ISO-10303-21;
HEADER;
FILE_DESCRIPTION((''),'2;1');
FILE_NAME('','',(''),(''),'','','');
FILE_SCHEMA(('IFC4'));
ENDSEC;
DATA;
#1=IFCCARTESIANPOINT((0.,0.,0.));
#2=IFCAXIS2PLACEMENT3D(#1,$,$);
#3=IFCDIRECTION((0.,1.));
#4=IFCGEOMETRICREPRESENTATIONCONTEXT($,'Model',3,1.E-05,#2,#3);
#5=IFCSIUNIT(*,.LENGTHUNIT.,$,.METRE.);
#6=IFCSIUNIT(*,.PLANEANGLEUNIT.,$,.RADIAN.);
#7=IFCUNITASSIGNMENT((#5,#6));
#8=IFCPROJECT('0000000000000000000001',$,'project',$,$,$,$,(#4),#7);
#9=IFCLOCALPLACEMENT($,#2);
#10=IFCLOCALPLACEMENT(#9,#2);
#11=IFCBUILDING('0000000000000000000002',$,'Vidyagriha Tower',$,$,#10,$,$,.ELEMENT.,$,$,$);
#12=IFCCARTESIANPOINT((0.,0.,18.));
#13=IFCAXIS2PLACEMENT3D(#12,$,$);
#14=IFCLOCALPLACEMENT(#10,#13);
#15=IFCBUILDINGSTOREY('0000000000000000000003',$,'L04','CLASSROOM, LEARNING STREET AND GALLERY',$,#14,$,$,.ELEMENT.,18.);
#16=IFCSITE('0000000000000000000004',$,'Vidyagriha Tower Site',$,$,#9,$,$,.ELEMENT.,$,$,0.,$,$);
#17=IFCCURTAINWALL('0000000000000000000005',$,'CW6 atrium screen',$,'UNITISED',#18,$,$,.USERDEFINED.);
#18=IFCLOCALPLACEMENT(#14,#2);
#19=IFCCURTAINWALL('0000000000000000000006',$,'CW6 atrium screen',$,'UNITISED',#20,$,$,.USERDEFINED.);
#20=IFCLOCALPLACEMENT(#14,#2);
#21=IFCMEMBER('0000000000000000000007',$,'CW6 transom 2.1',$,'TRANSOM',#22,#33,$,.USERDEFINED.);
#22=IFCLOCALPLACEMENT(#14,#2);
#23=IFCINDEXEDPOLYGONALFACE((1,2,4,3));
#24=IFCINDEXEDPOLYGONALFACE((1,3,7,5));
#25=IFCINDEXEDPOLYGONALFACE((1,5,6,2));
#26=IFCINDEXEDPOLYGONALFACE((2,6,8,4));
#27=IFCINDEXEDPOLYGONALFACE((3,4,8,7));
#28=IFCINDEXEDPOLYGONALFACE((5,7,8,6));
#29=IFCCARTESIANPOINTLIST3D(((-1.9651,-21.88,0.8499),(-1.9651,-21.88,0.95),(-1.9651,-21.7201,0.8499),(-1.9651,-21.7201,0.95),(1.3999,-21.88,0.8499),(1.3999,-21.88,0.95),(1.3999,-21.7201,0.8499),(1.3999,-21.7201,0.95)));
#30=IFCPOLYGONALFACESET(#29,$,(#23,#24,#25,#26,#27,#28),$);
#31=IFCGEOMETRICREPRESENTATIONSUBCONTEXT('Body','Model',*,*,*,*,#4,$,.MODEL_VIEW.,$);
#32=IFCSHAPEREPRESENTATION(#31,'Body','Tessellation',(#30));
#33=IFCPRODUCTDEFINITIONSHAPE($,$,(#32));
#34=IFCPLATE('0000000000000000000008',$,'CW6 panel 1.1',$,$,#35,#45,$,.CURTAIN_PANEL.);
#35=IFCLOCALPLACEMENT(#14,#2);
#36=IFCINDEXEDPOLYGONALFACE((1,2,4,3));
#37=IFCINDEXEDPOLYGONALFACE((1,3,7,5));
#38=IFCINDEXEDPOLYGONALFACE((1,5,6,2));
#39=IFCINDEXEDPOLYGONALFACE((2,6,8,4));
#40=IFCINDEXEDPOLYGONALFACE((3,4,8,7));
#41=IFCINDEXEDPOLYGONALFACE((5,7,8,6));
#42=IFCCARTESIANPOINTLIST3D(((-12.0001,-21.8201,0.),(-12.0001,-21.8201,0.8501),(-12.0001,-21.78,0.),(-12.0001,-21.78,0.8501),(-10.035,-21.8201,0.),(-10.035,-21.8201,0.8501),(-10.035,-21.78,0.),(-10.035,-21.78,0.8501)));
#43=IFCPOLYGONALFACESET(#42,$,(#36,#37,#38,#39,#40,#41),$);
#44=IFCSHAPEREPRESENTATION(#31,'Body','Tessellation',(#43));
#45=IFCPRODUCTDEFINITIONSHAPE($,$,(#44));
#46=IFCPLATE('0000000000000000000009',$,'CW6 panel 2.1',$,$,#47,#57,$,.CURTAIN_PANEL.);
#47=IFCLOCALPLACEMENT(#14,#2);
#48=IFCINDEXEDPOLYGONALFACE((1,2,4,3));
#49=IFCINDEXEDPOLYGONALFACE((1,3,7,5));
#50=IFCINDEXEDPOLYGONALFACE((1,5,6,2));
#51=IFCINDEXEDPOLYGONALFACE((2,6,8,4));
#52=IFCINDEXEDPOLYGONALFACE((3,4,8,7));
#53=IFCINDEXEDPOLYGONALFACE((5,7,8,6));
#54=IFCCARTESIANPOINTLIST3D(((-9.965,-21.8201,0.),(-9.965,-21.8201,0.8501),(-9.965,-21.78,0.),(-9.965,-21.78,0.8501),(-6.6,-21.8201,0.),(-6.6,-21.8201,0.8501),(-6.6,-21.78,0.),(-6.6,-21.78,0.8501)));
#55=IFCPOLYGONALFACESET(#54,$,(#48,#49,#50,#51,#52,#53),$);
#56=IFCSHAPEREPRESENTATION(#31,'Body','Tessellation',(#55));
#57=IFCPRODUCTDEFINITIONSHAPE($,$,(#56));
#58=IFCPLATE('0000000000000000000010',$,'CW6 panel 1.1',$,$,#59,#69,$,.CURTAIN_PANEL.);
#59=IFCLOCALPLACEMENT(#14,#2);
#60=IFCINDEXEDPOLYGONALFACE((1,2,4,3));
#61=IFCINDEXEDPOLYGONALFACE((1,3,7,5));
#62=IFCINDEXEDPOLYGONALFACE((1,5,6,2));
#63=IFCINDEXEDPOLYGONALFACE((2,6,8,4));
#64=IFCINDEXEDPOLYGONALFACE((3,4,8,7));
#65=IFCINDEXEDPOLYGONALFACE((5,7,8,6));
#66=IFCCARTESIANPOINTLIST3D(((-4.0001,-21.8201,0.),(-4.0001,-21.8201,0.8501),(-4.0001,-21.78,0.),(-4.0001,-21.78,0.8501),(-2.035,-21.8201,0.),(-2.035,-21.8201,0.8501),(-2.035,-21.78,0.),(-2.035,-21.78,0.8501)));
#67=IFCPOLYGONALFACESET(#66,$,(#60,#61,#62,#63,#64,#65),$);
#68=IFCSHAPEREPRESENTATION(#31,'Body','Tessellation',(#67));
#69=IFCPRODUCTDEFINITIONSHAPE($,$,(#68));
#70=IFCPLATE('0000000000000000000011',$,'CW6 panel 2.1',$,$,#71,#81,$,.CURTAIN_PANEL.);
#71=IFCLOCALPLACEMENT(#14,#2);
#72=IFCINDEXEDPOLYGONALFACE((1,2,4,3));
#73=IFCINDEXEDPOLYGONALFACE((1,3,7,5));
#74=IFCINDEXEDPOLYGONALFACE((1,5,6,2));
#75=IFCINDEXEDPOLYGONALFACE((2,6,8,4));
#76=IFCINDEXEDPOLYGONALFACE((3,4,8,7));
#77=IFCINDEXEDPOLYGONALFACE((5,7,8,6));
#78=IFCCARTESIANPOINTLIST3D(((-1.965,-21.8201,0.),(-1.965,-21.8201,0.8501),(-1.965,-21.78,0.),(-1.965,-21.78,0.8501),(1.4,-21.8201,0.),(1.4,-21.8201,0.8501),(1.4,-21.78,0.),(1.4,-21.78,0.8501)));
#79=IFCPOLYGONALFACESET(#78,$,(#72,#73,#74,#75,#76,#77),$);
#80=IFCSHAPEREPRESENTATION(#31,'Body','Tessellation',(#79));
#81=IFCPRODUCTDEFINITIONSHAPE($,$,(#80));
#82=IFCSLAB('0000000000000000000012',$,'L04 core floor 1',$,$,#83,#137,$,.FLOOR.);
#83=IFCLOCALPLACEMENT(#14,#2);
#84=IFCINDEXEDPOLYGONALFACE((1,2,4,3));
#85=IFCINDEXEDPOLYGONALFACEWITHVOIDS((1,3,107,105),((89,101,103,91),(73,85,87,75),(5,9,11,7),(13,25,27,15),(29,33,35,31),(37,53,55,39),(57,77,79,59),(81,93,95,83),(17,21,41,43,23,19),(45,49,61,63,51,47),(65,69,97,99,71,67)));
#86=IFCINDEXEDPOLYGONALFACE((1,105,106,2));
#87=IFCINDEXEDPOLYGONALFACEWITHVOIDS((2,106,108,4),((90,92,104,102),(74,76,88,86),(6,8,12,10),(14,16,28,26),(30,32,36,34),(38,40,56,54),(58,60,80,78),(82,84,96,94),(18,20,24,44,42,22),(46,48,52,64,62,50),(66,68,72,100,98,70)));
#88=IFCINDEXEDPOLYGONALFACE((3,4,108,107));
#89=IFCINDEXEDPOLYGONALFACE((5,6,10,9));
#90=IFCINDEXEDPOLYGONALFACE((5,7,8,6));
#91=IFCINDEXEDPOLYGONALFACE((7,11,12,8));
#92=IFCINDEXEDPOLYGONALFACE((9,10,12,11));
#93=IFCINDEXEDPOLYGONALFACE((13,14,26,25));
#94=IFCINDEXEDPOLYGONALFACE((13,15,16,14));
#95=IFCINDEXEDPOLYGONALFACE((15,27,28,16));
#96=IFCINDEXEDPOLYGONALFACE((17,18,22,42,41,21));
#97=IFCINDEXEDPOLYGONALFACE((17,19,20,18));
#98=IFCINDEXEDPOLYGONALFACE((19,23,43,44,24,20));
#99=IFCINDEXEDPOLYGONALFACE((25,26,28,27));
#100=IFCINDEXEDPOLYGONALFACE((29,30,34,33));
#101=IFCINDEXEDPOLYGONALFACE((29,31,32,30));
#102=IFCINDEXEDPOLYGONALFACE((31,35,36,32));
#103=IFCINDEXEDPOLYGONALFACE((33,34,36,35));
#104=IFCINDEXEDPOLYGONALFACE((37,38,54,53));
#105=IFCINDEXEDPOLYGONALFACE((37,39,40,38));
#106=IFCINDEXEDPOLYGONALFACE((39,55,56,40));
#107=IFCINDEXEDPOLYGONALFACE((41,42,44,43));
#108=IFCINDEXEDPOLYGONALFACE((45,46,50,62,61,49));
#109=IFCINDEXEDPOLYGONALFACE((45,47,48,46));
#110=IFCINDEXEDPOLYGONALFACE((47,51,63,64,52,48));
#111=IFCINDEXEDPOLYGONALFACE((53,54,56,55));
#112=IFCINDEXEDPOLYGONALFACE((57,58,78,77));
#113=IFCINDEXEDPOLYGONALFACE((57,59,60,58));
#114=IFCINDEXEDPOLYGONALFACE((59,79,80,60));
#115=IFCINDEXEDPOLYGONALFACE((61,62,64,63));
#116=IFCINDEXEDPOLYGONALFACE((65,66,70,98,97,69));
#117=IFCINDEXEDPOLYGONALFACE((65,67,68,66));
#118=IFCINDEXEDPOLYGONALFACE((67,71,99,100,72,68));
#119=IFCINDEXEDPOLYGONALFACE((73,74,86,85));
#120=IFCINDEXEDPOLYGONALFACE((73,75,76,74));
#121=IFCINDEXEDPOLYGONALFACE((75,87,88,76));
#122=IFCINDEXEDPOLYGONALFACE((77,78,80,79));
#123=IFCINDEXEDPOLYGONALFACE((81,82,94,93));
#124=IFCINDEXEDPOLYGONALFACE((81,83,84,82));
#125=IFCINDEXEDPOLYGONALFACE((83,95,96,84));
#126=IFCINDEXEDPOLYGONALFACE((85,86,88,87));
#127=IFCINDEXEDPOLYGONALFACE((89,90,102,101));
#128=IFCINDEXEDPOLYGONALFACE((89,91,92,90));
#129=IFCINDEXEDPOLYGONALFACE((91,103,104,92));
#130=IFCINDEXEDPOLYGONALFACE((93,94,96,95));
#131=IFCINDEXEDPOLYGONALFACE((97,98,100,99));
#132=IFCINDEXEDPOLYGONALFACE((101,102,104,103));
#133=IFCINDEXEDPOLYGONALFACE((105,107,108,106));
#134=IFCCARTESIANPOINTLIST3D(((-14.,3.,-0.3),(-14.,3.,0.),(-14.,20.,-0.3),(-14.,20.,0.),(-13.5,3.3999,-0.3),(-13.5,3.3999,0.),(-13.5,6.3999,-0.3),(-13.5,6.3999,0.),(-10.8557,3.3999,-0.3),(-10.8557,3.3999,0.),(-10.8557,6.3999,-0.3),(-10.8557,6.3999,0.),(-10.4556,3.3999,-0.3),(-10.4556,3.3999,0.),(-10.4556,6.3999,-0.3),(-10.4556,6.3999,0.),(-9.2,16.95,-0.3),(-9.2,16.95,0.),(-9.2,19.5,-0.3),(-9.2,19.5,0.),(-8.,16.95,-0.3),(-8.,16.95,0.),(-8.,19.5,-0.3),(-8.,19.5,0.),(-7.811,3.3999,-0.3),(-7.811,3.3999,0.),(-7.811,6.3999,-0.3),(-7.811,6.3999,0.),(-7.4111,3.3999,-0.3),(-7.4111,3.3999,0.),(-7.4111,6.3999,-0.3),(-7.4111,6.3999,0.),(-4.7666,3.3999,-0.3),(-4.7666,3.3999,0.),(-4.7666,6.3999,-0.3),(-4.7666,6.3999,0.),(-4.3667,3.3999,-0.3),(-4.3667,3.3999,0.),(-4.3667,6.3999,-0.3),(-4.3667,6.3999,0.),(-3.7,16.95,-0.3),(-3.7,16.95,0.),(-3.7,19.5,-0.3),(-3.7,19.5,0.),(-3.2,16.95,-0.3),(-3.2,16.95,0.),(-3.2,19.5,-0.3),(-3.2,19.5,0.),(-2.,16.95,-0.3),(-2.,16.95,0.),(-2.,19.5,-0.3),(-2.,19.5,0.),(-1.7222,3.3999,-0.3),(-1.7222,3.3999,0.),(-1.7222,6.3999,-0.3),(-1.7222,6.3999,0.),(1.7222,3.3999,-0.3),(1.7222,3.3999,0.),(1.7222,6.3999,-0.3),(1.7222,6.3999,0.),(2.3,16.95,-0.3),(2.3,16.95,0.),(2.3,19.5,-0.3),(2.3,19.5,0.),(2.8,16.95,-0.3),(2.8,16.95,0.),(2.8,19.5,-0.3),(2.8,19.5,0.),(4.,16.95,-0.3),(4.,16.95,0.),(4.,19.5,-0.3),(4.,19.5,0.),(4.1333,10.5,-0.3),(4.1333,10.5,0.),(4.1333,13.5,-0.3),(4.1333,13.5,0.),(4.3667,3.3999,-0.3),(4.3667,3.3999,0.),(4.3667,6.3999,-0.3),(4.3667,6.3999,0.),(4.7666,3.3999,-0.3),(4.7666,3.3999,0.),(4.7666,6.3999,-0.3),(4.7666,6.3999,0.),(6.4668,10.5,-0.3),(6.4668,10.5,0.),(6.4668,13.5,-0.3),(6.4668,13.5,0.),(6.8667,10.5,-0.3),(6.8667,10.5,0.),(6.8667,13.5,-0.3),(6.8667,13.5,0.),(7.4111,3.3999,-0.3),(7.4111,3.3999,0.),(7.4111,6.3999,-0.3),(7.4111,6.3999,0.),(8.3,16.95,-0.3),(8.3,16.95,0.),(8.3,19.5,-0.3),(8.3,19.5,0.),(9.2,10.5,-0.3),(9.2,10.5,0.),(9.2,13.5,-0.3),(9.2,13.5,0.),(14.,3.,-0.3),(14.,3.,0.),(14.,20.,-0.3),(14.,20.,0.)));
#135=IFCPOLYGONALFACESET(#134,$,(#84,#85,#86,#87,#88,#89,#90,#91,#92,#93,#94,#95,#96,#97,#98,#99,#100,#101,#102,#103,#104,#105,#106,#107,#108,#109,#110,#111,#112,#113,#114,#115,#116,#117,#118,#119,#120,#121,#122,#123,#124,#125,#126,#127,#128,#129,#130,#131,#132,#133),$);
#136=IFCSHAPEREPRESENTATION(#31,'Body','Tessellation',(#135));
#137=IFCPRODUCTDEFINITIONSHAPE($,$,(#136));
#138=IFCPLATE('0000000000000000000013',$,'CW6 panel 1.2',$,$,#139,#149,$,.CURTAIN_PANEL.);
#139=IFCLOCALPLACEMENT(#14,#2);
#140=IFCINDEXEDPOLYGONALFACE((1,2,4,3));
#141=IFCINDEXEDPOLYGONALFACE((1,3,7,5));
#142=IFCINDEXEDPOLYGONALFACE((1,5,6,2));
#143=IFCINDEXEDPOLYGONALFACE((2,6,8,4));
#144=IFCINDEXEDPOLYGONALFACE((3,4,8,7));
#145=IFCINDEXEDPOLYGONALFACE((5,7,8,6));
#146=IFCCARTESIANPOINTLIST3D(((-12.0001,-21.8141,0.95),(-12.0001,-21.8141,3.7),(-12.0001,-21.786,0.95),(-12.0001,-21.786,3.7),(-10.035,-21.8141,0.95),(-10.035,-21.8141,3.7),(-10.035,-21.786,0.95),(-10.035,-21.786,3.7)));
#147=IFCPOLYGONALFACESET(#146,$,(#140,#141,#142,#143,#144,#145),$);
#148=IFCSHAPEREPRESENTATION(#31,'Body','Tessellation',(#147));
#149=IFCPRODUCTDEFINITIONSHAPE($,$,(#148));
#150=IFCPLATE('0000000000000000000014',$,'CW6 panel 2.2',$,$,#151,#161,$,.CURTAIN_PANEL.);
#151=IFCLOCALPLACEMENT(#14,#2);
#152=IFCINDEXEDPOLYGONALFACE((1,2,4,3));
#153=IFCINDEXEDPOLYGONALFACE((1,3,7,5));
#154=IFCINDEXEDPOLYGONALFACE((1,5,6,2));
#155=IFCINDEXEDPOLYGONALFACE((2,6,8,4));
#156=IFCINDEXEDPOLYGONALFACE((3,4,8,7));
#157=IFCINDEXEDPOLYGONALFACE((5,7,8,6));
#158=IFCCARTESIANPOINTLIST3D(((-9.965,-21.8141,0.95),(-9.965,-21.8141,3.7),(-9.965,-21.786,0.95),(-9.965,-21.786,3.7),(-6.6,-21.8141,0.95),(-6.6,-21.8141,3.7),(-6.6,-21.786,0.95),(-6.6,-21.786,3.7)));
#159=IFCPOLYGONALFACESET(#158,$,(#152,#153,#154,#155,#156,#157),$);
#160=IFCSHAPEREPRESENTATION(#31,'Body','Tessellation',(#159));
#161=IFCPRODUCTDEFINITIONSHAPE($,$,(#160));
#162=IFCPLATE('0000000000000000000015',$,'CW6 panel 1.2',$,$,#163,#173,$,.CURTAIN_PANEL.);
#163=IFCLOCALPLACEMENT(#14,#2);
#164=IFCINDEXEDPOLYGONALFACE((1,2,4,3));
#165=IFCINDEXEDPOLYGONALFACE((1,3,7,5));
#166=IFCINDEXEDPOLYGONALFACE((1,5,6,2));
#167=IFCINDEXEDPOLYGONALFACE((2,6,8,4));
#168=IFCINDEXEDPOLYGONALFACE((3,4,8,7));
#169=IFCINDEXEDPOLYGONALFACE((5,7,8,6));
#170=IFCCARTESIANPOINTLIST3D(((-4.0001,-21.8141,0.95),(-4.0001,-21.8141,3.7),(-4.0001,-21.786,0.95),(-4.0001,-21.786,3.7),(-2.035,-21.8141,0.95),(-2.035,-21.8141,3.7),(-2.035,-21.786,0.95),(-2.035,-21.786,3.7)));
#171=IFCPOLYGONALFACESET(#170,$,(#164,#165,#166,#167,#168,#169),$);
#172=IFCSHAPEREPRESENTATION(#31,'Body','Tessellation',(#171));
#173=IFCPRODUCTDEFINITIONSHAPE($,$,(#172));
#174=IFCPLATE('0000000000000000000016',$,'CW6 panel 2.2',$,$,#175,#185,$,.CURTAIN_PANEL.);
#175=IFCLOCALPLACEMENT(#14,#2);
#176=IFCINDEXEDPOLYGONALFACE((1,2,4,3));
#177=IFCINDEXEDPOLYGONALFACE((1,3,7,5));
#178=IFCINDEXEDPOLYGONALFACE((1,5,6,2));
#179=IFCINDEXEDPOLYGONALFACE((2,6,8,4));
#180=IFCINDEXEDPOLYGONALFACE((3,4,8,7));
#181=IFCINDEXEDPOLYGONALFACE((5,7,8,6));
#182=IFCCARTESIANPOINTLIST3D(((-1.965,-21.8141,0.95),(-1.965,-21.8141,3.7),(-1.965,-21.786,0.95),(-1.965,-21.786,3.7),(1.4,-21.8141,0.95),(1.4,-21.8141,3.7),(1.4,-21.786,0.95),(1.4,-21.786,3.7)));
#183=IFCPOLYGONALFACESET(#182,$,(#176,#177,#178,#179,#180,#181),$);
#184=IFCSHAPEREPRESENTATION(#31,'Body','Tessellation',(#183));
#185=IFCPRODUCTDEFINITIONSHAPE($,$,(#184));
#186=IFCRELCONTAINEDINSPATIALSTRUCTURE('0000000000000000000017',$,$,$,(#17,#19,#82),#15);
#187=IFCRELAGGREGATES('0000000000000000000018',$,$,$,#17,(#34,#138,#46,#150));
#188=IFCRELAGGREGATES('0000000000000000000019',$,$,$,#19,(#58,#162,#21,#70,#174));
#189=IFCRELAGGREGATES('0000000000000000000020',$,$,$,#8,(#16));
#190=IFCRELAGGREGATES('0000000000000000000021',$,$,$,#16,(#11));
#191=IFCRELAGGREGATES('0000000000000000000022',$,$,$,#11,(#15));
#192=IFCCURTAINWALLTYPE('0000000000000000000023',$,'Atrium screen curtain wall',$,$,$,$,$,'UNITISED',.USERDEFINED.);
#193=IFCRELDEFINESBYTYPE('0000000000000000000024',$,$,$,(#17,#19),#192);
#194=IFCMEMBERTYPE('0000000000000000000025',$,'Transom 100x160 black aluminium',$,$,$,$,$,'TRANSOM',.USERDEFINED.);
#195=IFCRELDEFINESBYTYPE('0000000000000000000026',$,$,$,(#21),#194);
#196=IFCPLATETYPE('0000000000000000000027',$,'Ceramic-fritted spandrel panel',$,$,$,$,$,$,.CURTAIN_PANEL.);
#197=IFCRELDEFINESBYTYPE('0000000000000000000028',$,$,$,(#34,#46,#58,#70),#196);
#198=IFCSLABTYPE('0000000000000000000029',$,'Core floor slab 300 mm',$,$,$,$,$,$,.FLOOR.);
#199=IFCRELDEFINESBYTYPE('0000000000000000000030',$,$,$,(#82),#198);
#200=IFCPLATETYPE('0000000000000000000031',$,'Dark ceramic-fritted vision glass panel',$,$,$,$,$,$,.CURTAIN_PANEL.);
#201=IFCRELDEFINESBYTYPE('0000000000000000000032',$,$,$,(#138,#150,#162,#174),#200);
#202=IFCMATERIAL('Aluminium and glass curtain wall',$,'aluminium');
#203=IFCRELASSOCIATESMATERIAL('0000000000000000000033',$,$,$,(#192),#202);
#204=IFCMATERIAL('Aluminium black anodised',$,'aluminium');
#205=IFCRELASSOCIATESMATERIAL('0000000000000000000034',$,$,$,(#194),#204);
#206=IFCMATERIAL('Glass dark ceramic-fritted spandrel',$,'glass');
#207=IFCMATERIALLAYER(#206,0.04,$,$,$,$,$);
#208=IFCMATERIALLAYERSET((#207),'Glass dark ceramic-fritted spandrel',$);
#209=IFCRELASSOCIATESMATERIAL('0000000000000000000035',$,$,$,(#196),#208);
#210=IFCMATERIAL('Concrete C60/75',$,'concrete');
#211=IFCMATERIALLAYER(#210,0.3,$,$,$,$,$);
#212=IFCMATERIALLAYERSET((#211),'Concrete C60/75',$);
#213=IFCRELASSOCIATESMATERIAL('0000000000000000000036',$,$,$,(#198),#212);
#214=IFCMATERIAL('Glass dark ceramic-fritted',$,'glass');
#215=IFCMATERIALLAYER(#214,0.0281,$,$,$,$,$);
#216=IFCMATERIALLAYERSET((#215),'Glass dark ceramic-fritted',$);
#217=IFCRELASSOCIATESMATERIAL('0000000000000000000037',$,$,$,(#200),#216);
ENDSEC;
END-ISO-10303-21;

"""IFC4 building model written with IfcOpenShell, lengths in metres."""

from ifc_helpers import new_model, si_unit, direction, frame, origin, origin_2d, place, context, subcontext, project, spatial, polyline, rectangle, outline, extrude, material, layer, layer_set, material_profile, profile_set, type_object, element, aggregate, save


model = new_model("IFC4")

# Units and contexts
model_context = context("Model", 3, precision=1e-05, world=origin(), true_north=direction((0.0, 1.0)))
body_context = subcontext(model_context, "Body", "Model", "MODEL_VIEW")
ifc_project = project(units=[si_unit("LENGTHUNIT", "METRE"), si_unit("PLANEANGLEUNIT", "RADIAN")], contexts=[model_context])

# Site, building, storey
site_placement = place(None, origin())
site = spatial("IfcSite", under=ifc_project, at=site_placement, Name="Vidyagriha Tower Site", CompositionType="ELEMENT", RefElevation=0.0)
building_placement = place(site_placement, origin())
building = spatial("IfcBuilding", under=site, at=building_placement, Name="Vidyagriha Tower", CompositionType="ELEMENT")
storey_placement = place(building_placement, frame((0.0, 0.0, 18.0)))
storey = spatial("IfcBuildingStorey", under=building, at=storey_placement, Name="L04", Description="CLASSROOM, LEARNING STREET AND GALLERY", CompositionType="ELEMENT", Elevation=18.0)

# Curtain wall
ifc_material_1 = material(Name="Aluminium and glass curtain wall", Category="aluminium")
curtain_wall_type = type_object("IfcCurtainWallType", Name="Atrium screen curtain wall", ElementType="UNITISED", PredefinedType="USERDEFINED", material=ifc_material_1)
curtain_wall_1_placement = place(storey_placement, origin())
curtain_wall_1 = element("IfcCurtainWall", 1, at=curtain_wall_1_placement, inside=storey, type_object=curtain_wall_type, Name="CW6 atrium screen", ObjectType="UNITISED", PredefinedType="USERDEFINED")

# Curtain wall
curtain_wall_2_placement = place(storey_placement, origin())
curtain_wall_2 = element("IfcCurtainWall", 2, at=curtain_wall_2_placement, inside=storey, type_object=curtain_wall_type, Name="CW6 atrium screen", ObjectType="UNITISED", PredefinedType="USERDEFINED")

# Member
ifc_material_2 = material(Name="Aluminium black anodised", Category="aluminium")
ifc_material_profile_1 = material_profile(ifc_material_2, rectangle(XDim=0.1599, YDim=0.1001, at=origin_2d()), Name="Transom 100x160 black aluminium")
ifc_profile_set_1 = profile_set([ifc_material_profile_1], Name="Aluminium black anodised")
member_type_1 = type_object("IfcMemberType", Name="Transom 100x160 black aluminium", ElementType="TRANSOM", PredefinedType="USERDEFINED", material=ifc_profile_set_1)
member_1_placement = place(storey_placement, frame((-1.9651, -21.8, 0.8999), z_axis=(1.0, 0.0, 0.0), x_axis=(0.0, 1.0, 0.0)))
member_1 = element("IfcMember", 3, at=member_1_placement, type_object=member_type_1, Name="CW6 transom 2.1", ObjectType="TRANSOM", PredefinedType="USERDEFINED", context=body_context, shape_type="SweptSolid", body=[
    extrude(rectangle(XDim=0.1599, YDim=0.1001, at=origin_2d()), origin(), (0.0, 0.0, 1.0), 3.365),
])

# Plates
ifc_material_3 = material(Name="Glass dark ceramic-fritted spandrel", Category="glass")
ifc_layer_1 = layer(ifc_material_3, 0.04)
ifc_layer_set_1 = layer_set([ifc_layer_1], Name="Glass dark ceramic-fritted spandrel")
plate_type_1 = type_object("IfcPlateType", Name="Ceramic-fritted spandrel panel", PredefinedType="CURTAIN_PANEL", material=ifc_layer_set_1)
plate_1_placement = place(storey_placement, frame((-11.0176, -21.8, 0.0)))
plate_1 = element("IfcPlate", 4, at=plate_1_placement, type_object=plate_type_1, Name="CW6 panel 1.1", PredefinedType="CURTAIN_PANEL", context=body_context, shape_type="SweptSolid", body=[
    extrude(rectangle(XDim=1.9651, YDim=0.04, at=origin_2d()), origin(), (0.0, 0.0, 1.0), 0.8501),
])
plate_2_placement = place(storey_placement, frame((-8.2825, -21.8, 0.0)))
plate_2 = element("IfcPlate", 5, at=plate_2_placement, type_object=plate_type_1, Name="CW6 panel 2.1", PredefinedType="CURTAIN_PANEL", context=body_context, shape_type="SweptSolid", body=[
    extrude(rectangle(XDim=3.365, YDim=0.04, at=origin_2d()), origin(), (0.0, 0.0, 1.0), 0.8501),
])
plate_3_placement = place(storey_placement, frame((-3.0176, -21.8, 0.0)))
plate_3 = element("IfcPlate", 6, at=plate_3_placement, type_object=plate_type_1, Name="CW6 panel 1.1", PredefinedType="CURTAIN_PANEL", context=body_context, shape_type="SweptSolid", body=[
    extrude(rectangle(XDim=1.9651, YDim=0.04, at=origin_2d()), origin(), (0.0, 0.0, 1.0), 0.8501),
])
plate_4_placement = place(storey_placement, frame((-0.2825, -21.8, 0.0)))
plate_4 = element("IfcPlate", 7, at=plate_4_placement, type_object=plate_type_1, Name="CW6 panel 2.1", PredefinedType="CURTAIN_PANEL", context=body_context, shape_type="SweptSolid", body=[
    extrude(rectangle(XDim=3.365, YDim=0.04, at=origin_2d()), origin(), (0.0, 0.0, 1.0), 0.8501),
])

# Slab
ifc_material_4 = material(Name="Concrete C60/75", Category="concrete")
ifc_layer_2 = layer(ifc_material_4, 0.3)
ifc_layer_set_2 = layer_set([ifc_layer_2], Name="Concrete C60/75")
slab_type_1 = type_object("IfcSlabType", Name="Core floor slab 300 mm", PredefinedType="FLOOR", material=ifc_layer_set_2)
slab_1_placement = place(storey_placement, frame((0.0, 0.0, -0.3)))
element("IfcSlab", 8, at=slab_1_placement, inside=storey, type_object=slab_type_1, Name="L04 core floor 1", PredefinedType="FLOOR", context=body_context, shape_type="SweptSolid", body=[
    extrude(outline(polyline([(-14.0, 3.0), (-14.0, 20.0), (14.0, 20.0), (14.0, 3.0), (-14.0, 3.0)]), holes=[polyline([(9.2, 13.5), (6.8667, 13.5), (6.8667, 10.5), (9.2, 10.5), (9.2, 13.5)]), polyline([(4.0, 19.5), (2.8, 19.5), (2.8, 16.95), (4.0, 16.95), (8.3, 16.95), (8.3, 19.5), (4.0, 19.5)]), polyline([(7.4111, 6.3999), (4.7666, 6.3999), (4.7666, 3.3999), (7.4111, 3.3999), (7.4111, 6.3999)]), polyline([(6.4668, 13.5), (4.1333, 13.5), (4.1333, 10.5), (6.4668, 10.5), (6.4668, 13.5)]), polyline([(1.7222, 6.3999), (1.7222, 3.3999), (4.3667, 3.3999), (4.3667, 6.3999), (1.7222, 6.3999)]), polyline([(-2.0, 16.95), (2.3, 16.95), (2.3, 19.5), (-2.0, 19.5), (-3.2, 19.5), (-3.2, 16.95), (-2.0, 16.95)]), polyline([(-1.7222, 6.3999), (-4.3667, 6.3999), (-4.3667, 3.3999), (-1.7222, 3.3999), (-1.7222, 6.3999)]), polyline([(-8.0, 19.5), (-9.2, 19.5), (-9.2, 16.95), (-8.0, 16.95), (-3.7, 16.95), (-3.7, 19.5), (-8.0, 19.5)]), polyline([(-4.7666, 6.3999), (-7.4111, 6.3999), (-7.4111, 3.3999), (-4.7666, 3.3999), (-4.7666, 6.3999)]), polyline([(-7.811, 6.3999), (-10.4556, 6.3999), (-10.4556, 3.3999), (-7.811, 3.3999), (-7.811, 6.3999)]), polyline([(-13.5, 6.3999), (-13.5, 3.3999), (-10.8557, 3.3999), (-10.8557, 6.3999), (-13.5, 6.3999)])]), origin(), (0.0, 0.0, 1.0), 0.3),
])

# Plates
ifc_material_5 = material(Name="Glass dark ceramic-fritted", Category="glass")
ifc_layer_3 = layer(ifc_material_5, 0.0281)
ifc_layer_set_3 = layer_set([ifc_layer_3], Name="Glass dark ceramic-fritted")
plate_type_2 = type_object("IfcPlateType", Name="Dark ceramic-fritted vision glass panel", PredefinedType="CURTAIN_PANEL", material=ifc_layer_set_3)
plate_5_placement = place(storey_placement, frame((-11.0176, -21.8, 0.95)))
plate_5 = element("IfcPlate", 9, at=plate_5_placement, type_object=plate_type_2, Name="CW6 panel 1.2", PredefinedType="CURTAIN_PANEL", context=body_context, shape_type="SweptSolid", body=[
    extrude(rectangle(XDim=1.9651, YDim=0.0281, at=origin_2d()), origin(), (0.0, 0.0, 1.0), 2.75),
])
plate_6_placement = place(storey_placement, frame((-8.2825, -21.8, 0.95)))
plate_6 = element("IfcPlate", 10, at=plate_6_placement, type_object=plate_type_2, Name="CW6 panel 2.2", PredefinedType="CURTAIN_PANEL", context=body_context, shape_type="SweptSolid", body=[
    extrude(rectangle(XDim=3.365, YDim=0.0281, at=origin_2d()), origin(), (0.0, 0.0, 1.0), 2.75),
])
aggregate(curtain_wall_1, [plate_1, plate_5, plate_2, plate_6])
plate_7_placement = place(storey_placement, frame((-3.0176, -21.8, 0.95)))
plate_7 = element("IfcPlate", 11, at=plate_7_placement, type_object=plate_type_2, Name="CW6 panel 1.2", PredefinedType="CURTAIN_PANEL", context=body_context, shape_type="SweptSolid", body=[
    extrude(rectangle(XDim=1.9651, YDim=0.0281, at=origin_2d()), origin(), (0.0, 0.0, 1.0), 2.75),
])
plate_8_placement = place(storey_placement, frame((-0.2825, -21.8, 0.95)))
plate_8 = element("IfcPlate", 12, at=plate_8_placement, type_object=plate_type_2, Name="CW6 panel 2.2", PredefinedType="CURTAIN_PANEL", context=body_context, shape_type="SweptSolid", body=[
    extrude(rectangle(XDim=3.365, YDim=0.0281, at=origin_2d()), origin(), (0.0, 0.0, 1.0), 2.75),
])
aggregate(curtain_wall_2, [plate_3, plate_7, member_1, plate_4, plate_8])

save(model, "model.ifc")
